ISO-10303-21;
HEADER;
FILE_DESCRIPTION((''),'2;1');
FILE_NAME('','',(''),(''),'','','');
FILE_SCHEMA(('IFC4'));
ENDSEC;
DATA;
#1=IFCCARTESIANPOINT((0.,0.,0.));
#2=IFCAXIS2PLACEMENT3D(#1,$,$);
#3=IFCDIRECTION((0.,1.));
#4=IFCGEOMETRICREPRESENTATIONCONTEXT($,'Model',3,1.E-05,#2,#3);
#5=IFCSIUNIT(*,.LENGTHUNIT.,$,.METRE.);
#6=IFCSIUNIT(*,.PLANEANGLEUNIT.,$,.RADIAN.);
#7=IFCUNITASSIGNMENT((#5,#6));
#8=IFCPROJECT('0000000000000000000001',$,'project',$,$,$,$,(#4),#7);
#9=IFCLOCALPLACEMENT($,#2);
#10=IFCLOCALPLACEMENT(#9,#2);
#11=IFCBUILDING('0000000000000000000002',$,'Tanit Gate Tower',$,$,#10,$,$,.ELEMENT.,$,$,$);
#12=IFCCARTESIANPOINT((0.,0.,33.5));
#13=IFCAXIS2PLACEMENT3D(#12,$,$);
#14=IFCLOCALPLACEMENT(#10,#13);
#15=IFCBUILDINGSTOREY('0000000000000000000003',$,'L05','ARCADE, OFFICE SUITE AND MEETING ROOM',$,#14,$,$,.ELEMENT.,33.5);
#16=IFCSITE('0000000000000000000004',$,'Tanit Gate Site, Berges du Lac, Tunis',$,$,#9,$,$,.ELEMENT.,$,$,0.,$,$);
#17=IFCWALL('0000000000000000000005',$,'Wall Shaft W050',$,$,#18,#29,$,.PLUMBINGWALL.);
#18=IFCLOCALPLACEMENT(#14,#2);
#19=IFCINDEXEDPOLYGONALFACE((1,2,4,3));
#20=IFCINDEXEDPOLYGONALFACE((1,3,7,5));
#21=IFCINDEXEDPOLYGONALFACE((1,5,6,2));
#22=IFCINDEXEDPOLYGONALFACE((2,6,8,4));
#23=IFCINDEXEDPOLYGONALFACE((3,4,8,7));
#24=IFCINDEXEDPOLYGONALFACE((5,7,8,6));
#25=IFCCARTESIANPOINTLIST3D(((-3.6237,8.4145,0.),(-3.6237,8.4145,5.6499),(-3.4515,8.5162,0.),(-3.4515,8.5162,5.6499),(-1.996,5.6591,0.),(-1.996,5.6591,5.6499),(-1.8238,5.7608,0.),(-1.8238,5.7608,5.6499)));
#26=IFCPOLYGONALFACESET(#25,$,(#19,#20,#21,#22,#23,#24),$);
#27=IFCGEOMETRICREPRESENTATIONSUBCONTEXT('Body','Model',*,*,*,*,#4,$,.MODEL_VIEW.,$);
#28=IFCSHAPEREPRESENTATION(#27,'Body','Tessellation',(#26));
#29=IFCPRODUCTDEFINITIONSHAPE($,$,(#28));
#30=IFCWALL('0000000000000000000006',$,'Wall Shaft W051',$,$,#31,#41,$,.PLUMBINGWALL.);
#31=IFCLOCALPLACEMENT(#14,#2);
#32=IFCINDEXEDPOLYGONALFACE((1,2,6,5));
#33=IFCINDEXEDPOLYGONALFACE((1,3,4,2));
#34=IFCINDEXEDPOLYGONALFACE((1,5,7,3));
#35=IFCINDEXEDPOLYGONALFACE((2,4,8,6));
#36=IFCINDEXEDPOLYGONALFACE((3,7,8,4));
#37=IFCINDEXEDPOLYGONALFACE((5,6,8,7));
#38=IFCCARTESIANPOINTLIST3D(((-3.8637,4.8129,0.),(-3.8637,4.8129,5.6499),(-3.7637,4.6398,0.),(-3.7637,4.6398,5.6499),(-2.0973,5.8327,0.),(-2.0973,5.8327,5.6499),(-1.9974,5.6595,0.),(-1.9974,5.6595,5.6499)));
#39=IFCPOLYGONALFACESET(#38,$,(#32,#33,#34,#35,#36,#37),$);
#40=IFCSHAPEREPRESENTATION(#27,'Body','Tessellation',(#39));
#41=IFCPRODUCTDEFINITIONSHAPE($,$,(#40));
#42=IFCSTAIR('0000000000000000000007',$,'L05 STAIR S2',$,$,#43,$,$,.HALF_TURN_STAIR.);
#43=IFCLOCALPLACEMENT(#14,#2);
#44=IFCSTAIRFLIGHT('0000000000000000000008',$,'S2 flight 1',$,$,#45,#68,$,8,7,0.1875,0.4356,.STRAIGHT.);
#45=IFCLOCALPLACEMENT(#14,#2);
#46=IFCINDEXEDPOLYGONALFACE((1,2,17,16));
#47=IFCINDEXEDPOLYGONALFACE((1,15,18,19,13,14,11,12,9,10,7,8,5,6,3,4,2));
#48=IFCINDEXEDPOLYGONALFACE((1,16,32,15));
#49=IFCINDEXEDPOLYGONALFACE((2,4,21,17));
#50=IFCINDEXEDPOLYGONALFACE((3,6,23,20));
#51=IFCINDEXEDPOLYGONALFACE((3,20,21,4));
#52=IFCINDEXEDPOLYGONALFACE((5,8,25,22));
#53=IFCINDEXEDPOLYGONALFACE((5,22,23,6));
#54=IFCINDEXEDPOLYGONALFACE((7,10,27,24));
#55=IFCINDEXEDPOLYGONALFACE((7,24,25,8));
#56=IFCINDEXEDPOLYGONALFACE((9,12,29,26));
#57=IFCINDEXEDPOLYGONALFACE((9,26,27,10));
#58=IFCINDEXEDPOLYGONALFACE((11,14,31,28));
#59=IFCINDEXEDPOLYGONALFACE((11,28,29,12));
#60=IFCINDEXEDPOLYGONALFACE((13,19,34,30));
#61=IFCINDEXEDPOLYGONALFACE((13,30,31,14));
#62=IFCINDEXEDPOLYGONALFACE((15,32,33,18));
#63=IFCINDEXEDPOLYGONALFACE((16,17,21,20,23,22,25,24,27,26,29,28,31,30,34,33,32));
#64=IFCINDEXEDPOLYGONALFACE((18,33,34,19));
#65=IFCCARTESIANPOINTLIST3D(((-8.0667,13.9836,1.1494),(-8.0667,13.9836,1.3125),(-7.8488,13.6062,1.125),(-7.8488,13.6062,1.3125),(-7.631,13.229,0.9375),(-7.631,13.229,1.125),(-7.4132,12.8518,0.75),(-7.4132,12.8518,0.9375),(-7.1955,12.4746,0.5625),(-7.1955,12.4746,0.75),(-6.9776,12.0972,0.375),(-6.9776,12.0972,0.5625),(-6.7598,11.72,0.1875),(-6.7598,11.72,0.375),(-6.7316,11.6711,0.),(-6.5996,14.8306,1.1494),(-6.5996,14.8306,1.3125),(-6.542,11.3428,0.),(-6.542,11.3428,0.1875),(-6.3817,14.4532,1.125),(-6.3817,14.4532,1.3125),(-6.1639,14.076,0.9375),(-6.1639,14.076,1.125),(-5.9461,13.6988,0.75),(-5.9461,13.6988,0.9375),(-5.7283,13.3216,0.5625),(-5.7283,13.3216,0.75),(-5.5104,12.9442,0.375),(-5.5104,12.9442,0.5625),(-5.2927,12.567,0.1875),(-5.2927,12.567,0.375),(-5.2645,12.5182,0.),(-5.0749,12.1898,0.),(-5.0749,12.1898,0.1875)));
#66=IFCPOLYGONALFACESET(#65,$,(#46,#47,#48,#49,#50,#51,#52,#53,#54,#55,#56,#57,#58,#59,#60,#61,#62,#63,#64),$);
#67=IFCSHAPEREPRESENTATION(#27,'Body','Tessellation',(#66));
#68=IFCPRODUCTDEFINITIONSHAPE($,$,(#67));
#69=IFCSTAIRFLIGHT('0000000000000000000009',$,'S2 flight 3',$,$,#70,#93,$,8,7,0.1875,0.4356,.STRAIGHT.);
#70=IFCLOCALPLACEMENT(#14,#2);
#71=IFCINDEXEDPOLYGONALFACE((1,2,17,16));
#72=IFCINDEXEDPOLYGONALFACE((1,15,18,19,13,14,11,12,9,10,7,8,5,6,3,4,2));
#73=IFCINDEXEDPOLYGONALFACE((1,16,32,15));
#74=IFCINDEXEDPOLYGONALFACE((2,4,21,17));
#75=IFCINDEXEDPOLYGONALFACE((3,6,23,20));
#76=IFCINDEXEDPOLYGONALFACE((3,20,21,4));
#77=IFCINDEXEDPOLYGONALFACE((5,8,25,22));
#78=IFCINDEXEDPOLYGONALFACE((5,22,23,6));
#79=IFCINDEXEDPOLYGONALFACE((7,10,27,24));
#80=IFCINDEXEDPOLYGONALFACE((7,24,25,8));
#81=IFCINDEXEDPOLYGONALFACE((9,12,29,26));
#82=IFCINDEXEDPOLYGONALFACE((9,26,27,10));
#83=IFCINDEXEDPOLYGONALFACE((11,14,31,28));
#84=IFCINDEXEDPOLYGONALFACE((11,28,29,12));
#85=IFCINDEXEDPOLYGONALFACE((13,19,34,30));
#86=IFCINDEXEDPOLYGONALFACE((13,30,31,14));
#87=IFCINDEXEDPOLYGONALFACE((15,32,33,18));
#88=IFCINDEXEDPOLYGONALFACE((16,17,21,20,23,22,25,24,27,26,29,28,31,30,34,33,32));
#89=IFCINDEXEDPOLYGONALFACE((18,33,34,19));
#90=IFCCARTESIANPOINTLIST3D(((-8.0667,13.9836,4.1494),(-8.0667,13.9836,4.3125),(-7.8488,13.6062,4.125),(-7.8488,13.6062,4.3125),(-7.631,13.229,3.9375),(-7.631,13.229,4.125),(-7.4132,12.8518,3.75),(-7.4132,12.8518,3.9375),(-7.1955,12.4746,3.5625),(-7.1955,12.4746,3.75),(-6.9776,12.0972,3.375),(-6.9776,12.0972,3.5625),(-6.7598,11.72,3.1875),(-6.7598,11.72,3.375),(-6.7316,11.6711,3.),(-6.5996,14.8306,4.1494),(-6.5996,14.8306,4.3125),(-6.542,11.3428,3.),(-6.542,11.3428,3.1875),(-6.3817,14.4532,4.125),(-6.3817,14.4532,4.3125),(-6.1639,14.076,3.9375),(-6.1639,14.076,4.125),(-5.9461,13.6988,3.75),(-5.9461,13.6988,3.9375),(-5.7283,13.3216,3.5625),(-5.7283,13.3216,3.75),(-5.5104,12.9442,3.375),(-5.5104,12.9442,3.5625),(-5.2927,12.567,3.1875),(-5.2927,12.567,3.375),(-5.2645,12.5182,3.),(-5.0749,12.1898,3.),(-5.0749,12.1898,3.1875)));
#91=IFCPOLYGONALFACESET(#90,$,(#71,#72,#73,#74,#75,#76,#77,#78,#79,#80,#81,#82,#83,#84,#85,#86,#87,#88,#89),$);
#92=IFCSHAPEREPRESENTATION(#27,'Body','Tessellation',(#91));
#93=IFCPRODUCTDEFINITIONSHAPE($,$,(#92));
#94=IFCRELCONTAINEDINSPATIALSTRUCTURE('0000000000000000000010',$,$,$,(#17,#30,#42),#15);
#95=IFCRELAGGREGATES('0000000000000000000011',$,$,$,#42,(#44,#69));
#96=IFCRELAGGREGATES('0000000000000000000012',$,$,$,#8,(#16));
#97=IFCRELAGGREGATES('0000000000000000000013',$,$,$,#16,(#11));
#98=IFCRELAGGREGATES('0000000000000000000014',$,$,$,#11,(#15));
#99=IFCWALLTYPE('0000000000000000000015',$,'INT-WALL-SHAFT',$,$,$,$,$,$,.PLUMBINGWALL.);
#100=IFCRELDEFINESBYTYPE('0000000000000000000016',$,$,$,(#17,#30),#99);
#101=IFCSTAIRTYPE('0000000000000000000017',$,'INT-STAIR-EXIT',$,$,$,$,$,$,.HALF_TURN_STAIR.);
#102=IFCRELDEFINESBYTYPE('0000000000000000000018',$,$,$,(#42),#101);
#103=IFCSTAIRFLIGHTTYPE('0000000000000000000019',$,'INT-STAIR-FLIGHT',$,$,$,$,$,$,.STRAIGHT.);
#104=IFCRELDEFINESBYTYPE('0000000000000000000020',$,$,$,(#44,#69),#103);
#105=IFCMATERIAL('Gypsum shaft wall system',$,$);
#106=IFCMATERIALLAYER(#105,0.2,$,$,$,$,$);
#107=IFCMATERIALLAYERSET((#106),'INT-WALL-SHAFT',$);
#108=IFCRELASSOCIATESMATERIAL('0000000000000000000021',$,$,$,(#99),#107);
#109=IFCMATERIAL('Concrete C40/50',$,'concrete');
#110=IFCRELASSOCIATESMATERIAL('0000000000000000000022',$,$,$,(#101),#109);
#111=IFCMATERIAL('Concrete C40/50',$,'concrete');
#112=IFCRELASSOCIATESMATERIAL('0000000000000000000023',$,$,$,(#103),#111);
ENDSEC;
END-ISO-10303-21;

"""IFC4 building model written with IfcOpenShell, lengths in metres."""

from ifc_helpers import new_model, si_unit, direction, frame, frame_2d, origin, place, context, subcontext, project, spatial, polyline, rectangle, outline, extrude, material, layer, layer_set, type_object, element, aggregate, save


model = new_model("IFC4")

# Units and contexts
model_context = context("Model", 3, precision=1e-05, world=origin(), true_north=direction((0.0, 1.0)))
body_context = subcontext(model_context, "Body", "Model", "MODEL_VIEW")
ifc_project = project(units=[si_unit("LENGTHUNIT", "METRE"), si_unit("PLANEANGLEUNIT", "RADIAN")], contexts=[model_context])

# Site, building, storey
site_placement = place(None, origin())
site = spatial("IfcSite", under=ifc_project, at=site_placement, Name="Tanit Gate Site, Berges du Lac, Tunis", CompositionType="ELEMENT", RefElevation=0.0)
building_placement = place(site_placement, origin())
building = spatial("IfcBuilding", under=site, at=building_placement, Name="Tanit Gate Tower", CompositionType="ELEMENT")
storey_placement = place(building_placement, frame((0.0, 0.0, 33.5)))
storey = spatial("IfcBuildingStorey", under=building, at=storey_placement, Name="L05", Description="ARCADE, OFFICE SUITE AND MEETING ROOM", CompositionType="ELEMENT", Elevation=33.5)

# Shared definitions
ifc_material_1 = material(Name="Gypsum shaft wall system")
ifc_layer_1 = layer(ifc_material_1, 0.2)
ifc_layer_set_1 = layer_set([ifc_layer_1], Name="INT-WALL-SHAFT")
wall_type_1 = type_object("IfcWallType", Name="INT-WALL-SHAFT", PredefinedType="PLUMBINGWALL", material=ifc_layer_set_1)

# Walls
wall_1_placement = place(storey_placement, frame((-3.5376, 8.4653, 0.0), z_axis=(0.0, 0.0, 1.0), x_axis=(0.508616, -0.860993, 0.0)))
element("IfcWall", 1, at=wall_1_placement, inside=storey, type_object=wall_type_1, Name="Wall Shaft W050", PredefinedType="PLUMBINGWALL", context=body_context, shape_type="SweptSolid", body=[
    extrude(rectangle(XDim=3.2002, YDim=0.2, at=frame_2d((1.6001, 0.0))), origin(), (0.0, 0.0, 1.0), 5.6499),
])
wall_2_placement = place(storey_placement, frame((-2.0474, 5.7461, 0.0), z_axis=(0.0, 0.0, 1.0), x_axis=(-0.866032, -0.499988, 0.0)))
element("IfcWall", 2, at=wall_2_placement, inside=storey, type_object=wall_type_1, Name="Wall Shaft W051", PredefinedType="PLUMBINGWALL", context=body_context, shape_type="SweptSolid", body=[
    extrude(rectangle(XDim=2.0396, YDim=0.2, at=frame_2d((1.0198, 0.0))), origin(), (0.0, 0.0, 1.0), 5.6499),
])

# Stair, stair flights
ifc_material_2 = material(Name="Concrete C40/50", Category="concrete")
stair_type = type_object("IfcStairType", Name="INT-STAIR-EXIT", PredefinedType="HALF_TURN_STAIR", material=ifc_material_2)
stair_placement = place(storey_placement, origin())
stair = element("IfcStair", 3, at=stair_placement, inside=storey, type_object=stair_type, Name="L05 STAIR S2", PredefinedType="HALF_TURN_STAIR")
ifc_material_3 = material(Name="Concrete C40/50", Category="concrete")
stair_flight_type = type_object("IfcStairFlightType", Name="INT-STAIR-FLIGHT", PredefinedType="STRAIGHT", material=ifc_material_3)
stair_flight_1_placement = place(storey_placement, frame((-5.8083, 11.7664, 0.0), z_axis=(0.0, 0.0, 1.0), x_axis=(-0.5, 0.866025, 0.0)))
stair_flight_1 = element("IfcStairFlight", 4, at=stair_flight_1_placement, type_object=stair_flight_type, Name="S2 flight 1", NumberOfRisers=8, NumberOfTreads=7, PredefinedType="STRAIGHT", RiserHeight=0.1875, TreadLength=0.4356, context=body_context, shape_type="SweptSolid", body=[
    extrude(outline(polyline([(0.0, 0.0), (0.0, 0.1875), (0.4355, 0.1875), (0.4355, 0.375), (0.8711, 0.375), (0.8711, 0.5625), (1.3069, 0.5625), (1.3069, 0.75), (1.7424, 0.75), (1.7424, 0.9375), (2.178, 0.9375), (2.178, 1.125), (2.6135, 1.125), (2.6135, 1.3125), (3.0493, 1.3125), (3.0493, 1.5), (3.0493, 1.1494), (0.3792, 0.0), (0.0, 0.0)])), frame((0.0, 0.8472, 0.0), z_axis=(0.0, -1.0, 0.0), x_axis=(1.0, 0.0, 0.0)), (0.0, 0.0, 1.0), 1.6941),
])
stair_flight_2_placement = place(storey_placement, frame((-5.8083, 11.7664, 3.0), z_axis=(0.0, 0.0, 1.0), x_axis=(-0.5, 0.866025, 0.0)))
stair_flight_2 = element("IfcStairFlight", 5, at=stair_flight_2_placement, type_object=stair_flight_type, Name="S2 flight 3", NumberOfRisers=8, NumberOfTreads=7, PredefinedType="STRAIGHT", RiserHeight=0.1875, TreadLength=0.4356, context=body_context, shape_type="SweptSolid", body=[
    extrude(outline(polyline([(0.0, 0.0), (0.0, 0.1875), (0.4355, 0.1875), (0.4355, 0.375), (0.8711, 0.375), (0.8711, 0.5625), (1.3069, 0.5625), (1.3069, 0.75), (1.7424, 0.75), (1.7424, 0.9375), (2.178, 0.9375), (2.178, 1.125), (2.6135, 1.125), (2.6135, 1.3125), (3.0493, 1.3125), (3.0493, 1.5), (3.0493, 1.1494), (0.3792, 0.0), (0.0, 0.0)])), frame((0.0, 0.8472, 0.0), z_axis=(0.0, -1.0, 0.0), x_axis=(1.0, 0.0, 0.0)), (0.0, 0.0, 1.0), 1.6941),
])
aggregate(stair, [stair_flight_1, stair_flight_2])

save(model, "model.ifc")
